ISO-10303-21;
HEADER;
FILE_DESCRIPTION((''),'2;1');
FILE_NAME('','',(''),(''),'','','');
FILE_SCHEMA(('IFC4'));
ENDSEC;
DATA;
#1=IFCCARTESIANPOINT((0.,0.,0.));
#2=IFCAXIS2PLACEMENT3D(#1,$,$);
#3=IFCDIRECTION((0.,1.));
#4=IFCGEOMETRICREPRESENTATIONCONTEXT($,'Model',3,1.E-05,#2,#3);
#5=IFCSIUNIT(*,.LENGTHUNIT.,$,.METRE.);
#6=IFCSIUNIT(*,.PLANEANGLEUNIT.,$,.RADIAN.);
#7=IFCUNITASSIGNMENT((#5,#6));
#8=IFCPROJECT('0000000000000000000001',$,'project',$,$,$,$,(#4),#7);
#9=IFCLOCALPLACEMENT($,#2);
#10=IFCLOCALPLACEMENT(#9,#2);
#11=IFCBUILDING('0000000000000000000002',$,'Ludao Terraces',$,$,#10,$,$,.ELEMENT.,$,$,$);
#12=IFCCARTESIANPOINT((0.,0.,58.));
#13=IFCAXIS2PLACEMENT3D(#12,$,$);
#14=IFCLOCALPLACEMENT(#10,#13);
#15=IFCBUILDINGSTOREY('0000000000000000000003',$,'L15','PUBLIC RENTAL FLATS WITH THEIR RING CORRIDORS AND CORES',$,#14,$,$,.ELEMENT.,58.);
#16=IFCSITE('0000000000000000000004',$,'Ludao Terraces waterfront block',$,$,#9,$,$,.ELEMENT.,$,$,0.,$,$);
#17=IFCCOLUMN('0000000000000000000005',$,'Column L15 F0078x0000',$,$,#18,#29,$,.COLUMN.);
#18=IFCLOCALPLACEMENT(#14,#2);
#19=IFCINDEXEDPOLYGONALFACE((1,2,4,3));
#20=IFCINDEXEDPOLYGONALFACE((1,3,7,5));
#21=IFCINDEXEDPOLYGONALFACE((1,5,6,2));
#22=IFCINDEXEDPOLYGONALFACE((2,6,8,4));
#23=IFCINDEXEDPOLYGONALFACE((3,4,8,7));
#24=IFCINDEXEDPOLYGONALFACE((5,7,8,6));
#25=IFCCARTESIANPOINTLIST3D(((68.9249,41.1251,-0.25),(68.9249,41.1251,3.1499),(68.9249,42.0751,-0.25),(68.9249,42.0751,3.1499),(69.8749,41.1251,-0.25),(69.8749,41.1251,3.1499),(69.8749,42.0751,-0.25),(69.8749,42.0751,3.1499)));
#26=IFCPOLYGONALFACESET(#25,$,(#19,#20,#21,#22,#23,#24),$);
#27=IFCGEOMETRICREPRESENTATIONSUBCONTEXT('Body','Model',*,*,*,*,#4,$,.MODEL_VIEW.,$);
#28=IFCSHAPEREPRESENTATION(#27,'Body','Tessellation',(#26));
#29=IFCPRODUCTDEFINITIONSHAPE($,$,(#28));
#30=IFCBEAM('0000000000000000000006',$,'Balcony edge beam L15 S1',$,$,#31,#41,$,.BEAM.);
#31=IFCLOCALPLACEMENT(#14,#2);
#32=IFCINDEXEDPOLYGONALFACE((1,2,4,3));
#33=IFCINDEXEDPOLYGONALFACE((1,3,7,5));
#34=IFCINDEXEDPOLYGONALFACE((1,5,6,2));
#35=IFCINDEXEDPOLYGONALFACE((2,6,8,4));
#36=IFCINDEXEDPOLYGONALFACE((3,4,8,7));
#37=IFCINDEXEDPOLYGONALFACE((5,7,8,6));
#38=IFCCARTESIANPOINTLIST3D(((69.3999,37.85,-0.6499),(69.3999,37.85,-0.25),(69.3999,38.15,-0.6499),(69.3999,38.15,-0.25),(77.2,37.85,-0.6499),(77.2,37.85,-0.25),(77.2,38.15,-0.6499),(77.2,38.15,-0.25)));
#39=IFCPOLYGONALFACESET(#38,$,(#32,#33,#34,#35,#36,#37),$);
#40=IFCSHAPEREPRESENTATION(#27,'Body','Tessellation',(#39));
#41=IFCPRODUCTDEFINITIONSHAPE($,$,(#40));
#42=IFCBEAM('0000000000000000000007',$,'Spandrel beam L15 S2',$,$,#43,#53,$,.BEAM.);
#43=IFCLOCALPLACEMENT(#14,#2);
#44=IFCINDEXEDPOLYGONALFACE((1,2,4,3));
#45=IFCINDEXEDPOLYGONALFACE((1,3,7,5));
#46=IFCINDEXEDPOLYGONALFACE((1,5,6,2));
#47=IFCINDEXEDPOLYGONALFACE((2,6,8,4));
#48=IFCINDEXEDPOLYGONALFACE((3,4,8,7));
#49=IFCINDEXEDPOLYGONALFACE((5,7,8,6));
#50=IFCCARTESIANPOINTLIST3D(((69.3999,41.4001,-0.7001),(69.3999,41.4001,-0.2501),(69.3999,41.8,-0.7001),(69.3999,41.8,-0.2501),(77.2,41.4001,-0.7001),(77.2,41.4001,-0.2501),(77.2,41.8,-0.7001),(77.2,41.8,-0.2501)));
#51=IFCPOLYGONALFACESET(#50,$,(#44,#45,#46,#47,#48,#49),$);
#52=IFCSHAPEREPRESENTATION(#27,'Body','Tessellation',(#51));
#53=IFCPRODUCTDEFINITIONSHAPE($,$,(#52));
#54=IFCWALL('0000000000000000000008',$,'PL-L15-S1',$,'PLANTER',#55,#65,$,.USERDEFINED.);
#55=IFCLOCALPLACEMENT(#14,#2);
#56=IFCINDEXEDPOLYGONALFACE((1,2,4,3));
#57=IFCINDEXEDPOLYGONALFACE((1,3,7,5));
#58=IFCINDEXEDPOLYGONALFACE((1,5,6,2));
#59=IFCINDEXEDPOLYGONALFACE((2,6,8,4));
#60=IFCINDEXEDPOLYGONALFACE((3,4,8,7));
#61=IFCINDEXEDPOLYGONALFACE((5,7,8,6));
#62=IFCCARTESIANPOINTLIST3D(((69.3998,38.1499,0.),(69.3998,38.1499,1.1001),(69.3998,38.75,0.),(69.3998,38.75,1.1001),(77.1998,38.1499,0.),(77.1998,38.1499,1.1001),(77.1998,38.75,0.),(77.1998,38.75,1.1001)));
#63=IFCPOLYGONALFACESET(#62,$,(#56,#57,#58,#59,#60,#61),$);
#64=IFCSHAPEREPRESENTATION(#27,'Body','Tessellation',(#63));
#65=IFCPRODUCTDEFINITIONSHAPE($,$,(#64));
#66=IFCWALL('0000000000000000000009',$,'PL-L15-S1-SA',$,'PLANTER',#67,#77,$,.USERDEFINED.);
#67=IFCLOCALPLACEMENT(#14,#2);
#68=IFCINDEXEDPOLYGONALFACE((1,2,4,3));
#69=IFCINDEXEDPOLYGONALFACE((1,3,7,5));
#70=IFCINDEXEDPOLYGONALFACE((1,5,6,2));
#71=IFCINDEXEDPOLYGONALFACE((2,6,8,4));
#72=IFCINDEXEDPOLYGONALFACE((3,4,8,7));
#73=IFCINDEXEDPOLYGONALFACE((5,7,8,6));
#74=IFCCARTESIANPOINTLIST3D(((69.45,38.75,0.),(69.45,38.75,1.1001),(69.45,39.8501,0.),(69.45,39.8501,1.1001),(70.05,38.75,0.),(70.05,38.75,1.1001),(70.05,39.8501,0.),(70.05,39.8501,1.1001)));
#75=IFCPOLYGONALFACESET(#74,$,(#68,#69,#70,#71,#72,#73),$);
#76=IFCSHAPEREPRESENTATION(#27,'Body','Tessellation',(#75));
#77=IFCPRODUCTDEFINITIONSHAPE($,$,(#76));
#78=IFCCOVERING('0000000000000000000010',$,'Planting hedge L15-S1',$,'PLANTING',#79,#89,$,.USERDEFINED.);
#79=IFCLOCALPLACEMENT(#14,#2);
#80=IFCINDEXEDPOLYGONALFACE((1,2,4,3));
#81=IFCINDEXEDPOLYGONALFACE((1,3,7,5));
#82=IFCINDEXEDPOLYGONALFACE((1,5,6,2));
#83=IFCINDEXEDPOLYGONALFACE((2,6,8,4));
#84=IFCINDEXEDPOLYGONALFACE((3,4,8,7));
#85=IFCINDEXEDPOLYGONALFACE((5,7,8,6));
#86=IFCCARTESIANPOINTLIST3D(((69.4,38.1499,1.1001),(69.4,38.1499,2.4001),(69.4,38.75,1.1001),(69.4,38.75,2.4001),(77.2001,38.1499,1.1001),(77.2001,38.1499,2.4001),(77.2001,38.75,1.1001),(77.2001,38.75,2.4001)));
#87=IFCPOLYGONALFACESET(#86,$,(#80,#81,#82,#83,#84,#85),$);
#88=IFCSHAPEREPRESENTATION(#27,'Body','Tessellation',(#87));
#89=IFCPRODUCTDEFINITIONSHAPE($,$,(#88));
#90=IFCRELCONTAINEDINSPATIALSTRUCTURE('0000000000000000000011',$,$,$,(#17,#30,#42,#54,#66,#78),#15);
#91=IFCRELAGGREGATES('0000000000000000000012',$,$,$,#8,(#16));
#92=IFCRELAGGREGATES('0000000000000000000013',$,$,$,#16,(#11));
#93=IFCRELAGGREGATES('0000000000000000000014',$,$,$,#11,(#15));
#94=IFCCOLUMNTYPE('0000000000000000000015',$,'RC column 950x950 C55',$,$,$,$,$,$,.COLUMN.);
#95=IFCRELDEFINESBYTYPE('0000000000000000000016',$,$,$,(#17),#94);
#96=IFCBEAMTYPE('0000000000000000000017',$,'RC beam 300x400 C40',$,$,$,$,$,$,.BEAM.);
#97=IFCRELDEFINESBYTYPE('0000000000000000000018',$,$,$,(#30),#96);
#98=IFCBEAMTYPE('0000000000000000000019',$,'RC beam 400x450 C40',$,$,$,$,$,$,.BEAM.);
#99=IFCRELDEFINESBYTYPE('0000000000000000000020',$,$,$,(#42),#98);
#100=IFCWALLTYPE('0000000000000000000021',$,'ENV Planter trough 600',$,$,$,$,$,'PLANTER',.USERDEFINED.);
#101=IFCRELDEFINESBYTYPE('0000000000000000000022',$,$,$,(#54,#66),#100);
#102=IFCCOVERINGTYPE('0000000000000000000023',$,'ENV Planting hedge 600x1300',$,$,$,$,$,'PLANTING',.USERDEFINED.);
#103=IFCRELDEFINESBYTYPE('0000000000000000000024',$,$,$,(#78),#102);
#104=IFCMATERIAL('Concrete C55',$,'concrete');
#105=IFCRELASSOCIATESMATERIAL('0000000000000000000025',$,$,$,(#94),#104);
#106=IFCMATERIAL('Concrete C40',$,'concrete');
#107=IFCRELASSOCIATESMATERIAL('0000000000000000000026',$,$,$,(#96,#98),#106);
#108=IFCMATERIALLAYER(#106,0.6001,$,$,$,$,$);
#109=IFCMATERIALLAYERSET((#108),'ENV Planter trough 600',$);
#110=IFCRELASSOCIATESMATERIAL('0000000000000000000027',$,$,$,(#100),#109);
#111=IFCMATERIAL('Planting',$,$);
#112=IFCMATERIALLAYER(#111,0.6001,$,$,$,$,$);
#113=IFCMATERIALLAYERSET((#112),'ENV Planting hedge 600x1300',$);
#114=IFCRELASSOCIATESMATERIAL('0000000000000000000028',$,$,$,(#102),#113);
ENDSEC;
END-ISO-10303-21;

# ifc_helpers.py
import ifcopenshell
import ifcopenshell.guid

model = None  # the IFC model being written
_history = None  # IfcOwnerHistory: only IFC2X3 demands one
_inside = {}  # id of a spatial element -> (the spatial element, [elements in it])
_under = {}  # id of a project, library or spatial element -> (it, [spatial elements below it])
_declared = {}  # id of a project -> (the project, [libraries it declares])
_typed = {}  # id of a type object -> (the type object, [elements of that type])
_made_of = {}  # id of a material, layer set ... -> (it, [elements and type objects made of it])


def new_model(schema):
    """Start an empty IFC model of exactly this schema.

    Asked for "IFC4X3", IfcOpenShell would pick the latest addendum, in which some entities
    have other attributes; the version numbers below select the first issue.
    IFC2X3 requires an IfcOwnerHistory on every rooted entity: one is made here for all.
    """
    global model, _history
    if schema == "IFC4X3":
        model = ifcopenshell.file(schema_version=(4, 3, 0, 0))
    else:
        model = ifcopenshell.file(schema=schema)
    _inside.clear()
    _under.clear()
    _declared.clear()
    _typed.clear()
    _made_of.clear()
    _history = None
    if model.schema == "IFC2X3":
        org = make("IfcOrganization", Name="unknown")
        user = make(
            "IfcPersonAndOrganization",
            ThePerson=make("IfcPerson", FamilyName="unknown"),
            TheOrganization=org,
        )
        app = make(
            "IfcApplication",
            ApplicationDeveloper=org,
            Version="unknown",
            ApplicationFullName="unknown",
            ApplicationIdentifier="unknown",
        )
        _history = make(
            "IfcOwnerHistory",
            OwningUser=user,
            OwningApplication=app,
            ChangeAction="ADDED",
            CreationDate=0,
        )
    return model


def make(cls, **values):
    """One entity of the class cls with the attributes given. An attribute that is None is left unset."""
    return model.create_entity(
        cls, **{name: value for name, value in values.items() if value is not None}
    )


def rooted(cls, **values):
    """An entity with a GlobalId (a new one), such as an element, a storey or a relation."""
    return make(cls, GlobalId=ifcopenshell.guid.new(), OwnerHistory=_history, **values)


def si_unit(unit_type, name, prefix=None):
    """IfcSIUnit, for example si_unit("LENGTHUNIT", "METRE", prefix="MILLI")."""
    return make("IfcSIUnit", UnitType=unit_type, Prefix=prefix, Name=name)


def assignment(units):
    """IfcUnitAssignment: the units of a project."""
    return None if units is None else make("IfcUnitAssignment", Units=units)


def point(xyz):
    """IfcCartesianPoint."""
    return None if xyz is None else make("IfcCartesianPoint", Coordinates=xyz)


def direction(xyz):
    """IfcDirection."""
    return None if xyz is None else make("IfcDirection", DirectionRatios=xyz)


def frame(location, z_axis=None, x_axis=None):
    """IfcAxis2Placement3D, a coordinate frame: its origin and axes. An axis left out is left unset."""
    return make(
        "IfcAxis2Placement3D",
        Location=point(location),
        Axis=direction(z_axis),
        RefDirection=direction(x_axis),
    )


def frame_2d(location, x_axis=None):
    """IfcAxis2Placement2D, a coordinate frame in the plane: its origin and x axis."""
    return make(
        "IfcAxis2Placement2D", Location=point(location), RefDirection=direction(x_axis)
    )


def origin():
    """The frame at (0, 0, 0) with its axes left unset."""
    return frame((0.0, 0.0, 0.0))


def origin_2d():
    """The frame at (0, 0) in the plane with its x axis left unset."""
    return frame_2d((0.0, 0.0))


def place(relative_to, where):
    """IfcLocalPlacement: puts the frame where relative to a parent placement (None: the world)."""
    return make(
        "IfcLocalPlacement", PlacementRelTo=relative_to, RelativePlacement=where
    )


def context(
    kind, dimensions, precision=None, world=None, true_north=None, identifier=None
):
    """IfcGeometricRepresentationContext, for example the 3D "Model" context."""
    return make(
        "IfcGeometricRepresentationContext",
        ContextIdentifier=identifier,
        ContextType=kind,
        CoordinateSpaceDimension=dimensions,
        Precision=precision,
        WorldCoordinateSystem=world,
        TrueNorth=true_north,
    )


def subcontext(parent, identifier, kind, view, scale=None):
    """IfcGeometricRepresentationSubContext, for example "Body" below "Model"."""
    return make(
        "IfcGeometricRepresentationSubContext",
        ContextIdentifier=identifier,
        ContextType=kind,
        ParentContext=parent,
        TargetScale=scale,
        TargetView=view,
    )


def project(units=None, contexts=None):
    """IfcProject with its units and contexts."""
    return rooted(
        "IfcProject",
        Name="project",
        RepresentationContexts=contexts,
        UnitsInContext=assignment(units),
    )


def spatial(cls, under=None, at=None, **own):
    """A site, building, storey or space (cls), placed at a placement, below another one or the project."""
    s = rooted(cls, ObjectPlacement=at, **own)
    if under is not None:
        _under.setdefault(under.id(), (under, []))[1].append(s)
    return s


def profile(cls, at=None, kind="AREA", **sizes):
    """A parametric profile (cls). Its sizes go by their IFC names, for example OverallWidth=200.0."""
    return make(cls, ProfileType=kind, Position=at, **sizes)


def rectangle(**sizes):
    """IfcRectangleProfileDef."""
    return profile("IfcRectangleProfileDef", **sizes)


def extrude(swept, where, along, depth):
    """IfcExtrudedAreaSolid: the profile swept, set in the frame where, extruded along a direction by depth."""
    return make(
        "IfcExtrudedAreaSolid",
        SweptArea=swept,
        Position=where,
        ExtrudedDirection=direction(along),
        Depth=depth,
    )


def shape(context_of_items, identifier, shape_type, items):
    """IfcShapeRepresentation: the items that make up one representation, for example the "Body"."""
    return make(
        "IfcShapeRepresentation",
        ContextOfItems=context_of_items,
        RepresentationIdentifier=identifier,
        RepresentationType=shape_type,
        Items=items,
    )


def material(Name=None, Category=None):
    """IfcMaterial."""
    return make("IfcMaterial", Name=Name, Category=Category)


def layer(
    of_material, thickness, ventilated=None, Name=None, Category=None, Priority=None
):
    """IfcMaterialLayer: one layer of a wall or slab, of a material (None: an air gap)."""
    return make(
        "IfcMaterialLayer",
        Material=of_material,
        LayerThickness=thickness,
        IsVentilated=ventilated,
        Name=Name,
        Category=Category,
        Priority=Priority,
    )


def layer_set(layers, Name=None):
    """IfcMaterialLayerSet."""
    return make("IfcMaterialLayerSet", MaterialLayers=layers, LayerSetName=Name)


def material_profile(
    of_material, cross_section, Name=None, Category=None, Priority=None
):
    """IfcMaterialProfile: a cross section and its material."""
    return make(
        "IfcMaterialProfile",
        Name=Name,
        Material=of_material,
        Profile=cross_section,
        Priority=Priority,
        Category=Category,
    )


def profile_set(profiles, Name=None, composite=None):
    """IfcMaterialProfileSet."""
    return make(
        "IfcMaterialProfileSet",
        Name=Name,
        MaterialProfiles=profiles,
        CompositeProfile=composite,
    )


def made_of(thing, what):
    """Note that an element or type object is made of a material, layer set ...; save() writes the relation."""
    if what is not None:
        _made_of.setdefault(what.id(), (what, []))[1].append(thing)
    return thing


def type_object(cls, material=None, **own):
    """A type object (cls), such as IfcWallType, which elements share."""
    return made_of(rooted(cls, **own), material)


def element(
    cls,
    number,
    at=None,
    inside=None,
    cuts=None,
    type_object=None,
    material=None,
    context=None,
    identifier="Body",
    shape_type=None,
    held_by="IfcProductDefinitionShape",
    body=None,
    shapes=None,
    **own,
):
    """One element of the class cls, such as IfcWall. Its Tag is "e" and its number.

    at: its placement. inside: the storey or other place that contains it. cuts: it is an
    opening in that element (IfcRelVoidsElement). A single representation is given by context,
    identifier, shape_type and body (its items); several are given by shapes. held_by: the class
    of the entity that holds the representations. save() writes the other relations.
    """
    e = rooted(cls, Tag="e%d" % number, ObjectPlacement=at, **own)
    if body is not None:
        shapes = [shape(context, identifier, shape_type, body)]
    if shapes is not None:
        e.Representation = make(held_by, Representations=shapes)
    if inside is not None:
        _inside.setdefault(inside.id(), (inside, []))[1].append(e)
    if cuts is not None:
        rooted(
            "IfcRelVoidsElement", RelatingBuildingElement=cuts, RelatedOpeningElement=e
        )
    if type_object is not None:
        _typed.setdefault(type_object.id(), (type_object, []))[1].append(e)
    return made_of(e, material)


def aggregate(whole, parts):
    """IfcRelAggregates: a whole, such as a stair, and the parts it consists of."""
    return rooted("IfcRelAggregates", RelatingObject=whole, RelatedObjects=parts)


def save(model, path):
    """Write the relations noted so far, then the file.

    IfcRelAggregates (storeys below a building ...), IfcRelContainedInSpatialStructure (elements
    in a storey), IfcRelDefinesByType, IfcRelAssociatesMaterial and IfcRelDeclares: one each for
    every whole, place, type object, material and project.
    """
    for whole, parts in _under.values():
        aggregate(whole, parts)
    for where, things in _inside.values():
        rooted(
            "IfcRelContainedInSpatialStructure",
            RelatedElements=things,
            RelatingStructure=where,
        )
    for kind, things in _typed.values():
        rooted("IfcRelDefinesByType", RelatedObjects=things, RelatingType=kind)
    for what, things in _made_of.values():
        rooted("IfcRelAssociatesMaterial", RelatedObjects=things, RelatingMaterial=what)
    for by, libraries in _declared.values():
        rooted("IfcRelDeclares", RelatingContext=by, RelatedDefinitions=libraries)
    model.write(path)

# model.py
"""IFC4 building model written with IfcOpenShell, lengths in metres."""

from ifc_helpers import new_model, si_unit, direction, frame, frame_2d, origin, origin_2d, place, context, subcontext, project, spatial, rectangle, extrude, material, layer, layer_set, material_profile, profile_set, type_object, element, save


model = new_model("IFC4")

# Units and contexts
model_context = context("Model", 3, precision=1e-05, world=origin(), true_north=direction((0.0, 1.0)))
body_context = subcontext(model_context, "Body", "Model", "MODEL_VIEW")
ifc_project = project(units=[si_unit("LENGTHUNIT", "METRE"), si_unit("PLANEANGLEUNIT", "RADIAN")], contexts=[model_context])

# Site, building, storey
site_placement = place(None, origin())
site = spatial("IfcSite", under=ifc_project, at=site_placement, Name="Ludao Terraces waterfront block", CompositionType="ELEMENT", RefElevation=0.0)
building_placement = place(site_placement, origin())
building = spatial("IfcBuilding", under=site, at=building_placement, Name="Ludao Terraces", CompositionType="ELEMENT")
storey_placement = place(building_placement, frame((0.0, 0.0, 58.0)))
storey = spatial("IfcBuildingStorey", under=building, at=storey_placement, Name="L15", Description="PUBLIC RENTAL FLATS WITH THEIR RING CORRIDORS AND CORES", CompositionType="ELEMENT", Elevation=58.0)

# Column
ifc_material_1 = material(Name="Concrete C55", Category="concrete")
ifc_material_profile_1 = material_profile(ifc_material_1, rectangle(XDim=0.95, YDim=0.95, at=origin_2d()), Name="950 X 950")
ifc_profile_set_1 = profile_set([ifc_material_profile_1], Name="Concrete C55")
column_type = type_object("IfcColumnType", Name="RC column 950x950 C55", PredefinedType="COLUMN", material=ifc_profile_set_1)
column_placement = place(storey_placement, frame((69.3999, 41.6001, -0.25), z_axis=(0.0, 0.0, 1.0), x_axis=(1.0, 0.0, 0.0)))
element("IfcColumn", 1, at=column_placement, inside=storey, type_object=column_type, Name="Column L15 F0078x0000", PredefinedType="COLUMN", context=body_context, shape_type="SweptSolid", body=[
    extrude(rectangle(XDim=0.95, YDim=0.95, at=origin_2d()), origin(), (0.0, 0.0, 1.0), 3.3999),
])

# Beams
ifc_material_2 = material(Name="Concrete C40", Category="concrete")
ifc_material_profile_2 = material_profile(ifc_material_2, rectangle(XDim=0.3, YDim=0.3999, at=origin_2d()), Name="300 X 400")
ifc_profile_set_2 = profile_set([ifc_material_profile_2], Name="Concrete C40")
beam_type_1 = type_object("IfcBeamType", Name="RC beam 300x400 C40", PredefinedType="BEAM", material=ifc_profile_set_2)
beam_1_placement = place(storey_placement, frame((69.3999, 38.0, -0.45), z_axis=(1.0, 0.0, 0.0), x_axis=(0.0, 1.0, 0.0)))
element("IfcBeam", 2, at=beam_1_placement, inside=storey, type_object=beam_type_1, Name="Balcony edge beam L15 S1", PredefinedType="BEAM", context=body_context, shape_type="SweptSolid", body=[
    extrude(rectangle(XDim=0.3, YDim=0.3999, at=origin_2d()), origin(), (0.0, 0.0, 1.0), 7.8),
])
ifc_material_profile_3 = material_profile(ifc_material_2, rectangle(XDim=0.3999, YDim=0.45, at=origin_2d()), Name="400 X 450")
ifc_profile_set_3 = profile_set([ifc_material_profile_3], Name="Concrete C40")
beam_type_2 = type_object("IfcBeamType", Name="RC beam 400x450 C40", PredefinedType="BEAM", material=ifc_profile_set_3)
beam_2_placement = place(storey_placement, frame((69.3999, 41.6001, -0.4751), z_axis=(1.0, 0.0, 0.0), x_axis=(0.0, 1.0, 0.0)))
element("IfcBeam", 3, at=beam_2_placement, inside=storey, type_object=beam_type_2, Name="Spandrel beam L15 S2", PredefinedType="BEAM", context=body_context, shape_type="SweptSolid", body=[
    extrude(rectangle(XDim=0.3999, YDim=0.45, at=origin_2d()), origin(), (0.0, 0.0, 1.0), 7.8),
])

# Walls
ifc_layer_1 = layer(ifc_material_2, 0.6001)
ifc_layer_set_1 = layer_set([ifc_layer_1], Name="ENV Planter trough 600")
wall_type = type_object("IfcWallType", Name="ENV Planter trough 600", ElementType="PLANTER", PredefinedType="USERDEFINED", material=ifc_layer_set_1)
wall_1_placement = place(storey_placement, frame((69.3999, 38.45, 0.0), z_axis=(0.0, 0.0, 1.0), x_axis=(1.0, 0.0, 0.0)))
element("IfcWall", 4, at=wall_1_placement, inside=storey, type_object=wall_type, Name="PL-L15-S1", ObjectType="PLANTER", PredefinedType="USERDEFINED", context=body_context, shape_type="SweptSolid", body=[
    extrude(rectangle(XDim=7.8, YDim=0.6001, at=frame_2d((3.8999, 0.0))), origin(), (0.0, 0.0, 1.0), 1.1001),
])
wall_2_placement = place(storey_placement, frame((69.75, 38.75, 0.0), z_axis=(0.0, 0.0, 1.0), x_axis=(0.0, 1.0, 0.0)))
element("IfcWall", 5, at=wall_2_placement, inside=storey, type_object=wall_type, Name="PL-L15-S1-SA", ObjectType="PLANTER", PredefinedType="USERDEFINED", context=body_context, shape_type="SweptSolid", body=[
    extrude(rectangle(XDim=1.1001, YDim=0.6001, at=frame_2d((0.55, 0.0))), origin(), (0.0, 0.0, 1.0), 1.1001),
])

# Covering
ifc_material_3 = material(Name="Planting")
ifc_layer_2 = layer(ifc_material_3, 0.6001)
ifc_layer_set_2 = layer_set([ifc_layer_2], Name="ENV Planting hedge 600x1300")
covering_type = type_object("IfcCoveringType", Name="ENV Planting hedge 600x1300", ElementType="PLANTING", PredefinedType="USERDEFINED", material=ifc_layer_set_2)
covering_placement = place(storey_placement, frame((73.3, 38.45, 1.1001), z_axis=(0.0, 0.0, 1.0), x_axis=(1.0, 0.0, 0.0)))
element("IfcCovering", 6, at=covering_placement, inside=storey, type_object=covering_type, Name="Planting hedge L15-S1", ObjectType="PLANTING", PredefinedType="USERDEFINED", context=body_context, shape_type="SweptSolid", body=[
    extrude(rectangle(XDim=7.8, YDim=0.6001, at=origin_2d()), origin(), (0.0, 0.0, 1.0), 1.3),
])

save(model, "model.ifc")
